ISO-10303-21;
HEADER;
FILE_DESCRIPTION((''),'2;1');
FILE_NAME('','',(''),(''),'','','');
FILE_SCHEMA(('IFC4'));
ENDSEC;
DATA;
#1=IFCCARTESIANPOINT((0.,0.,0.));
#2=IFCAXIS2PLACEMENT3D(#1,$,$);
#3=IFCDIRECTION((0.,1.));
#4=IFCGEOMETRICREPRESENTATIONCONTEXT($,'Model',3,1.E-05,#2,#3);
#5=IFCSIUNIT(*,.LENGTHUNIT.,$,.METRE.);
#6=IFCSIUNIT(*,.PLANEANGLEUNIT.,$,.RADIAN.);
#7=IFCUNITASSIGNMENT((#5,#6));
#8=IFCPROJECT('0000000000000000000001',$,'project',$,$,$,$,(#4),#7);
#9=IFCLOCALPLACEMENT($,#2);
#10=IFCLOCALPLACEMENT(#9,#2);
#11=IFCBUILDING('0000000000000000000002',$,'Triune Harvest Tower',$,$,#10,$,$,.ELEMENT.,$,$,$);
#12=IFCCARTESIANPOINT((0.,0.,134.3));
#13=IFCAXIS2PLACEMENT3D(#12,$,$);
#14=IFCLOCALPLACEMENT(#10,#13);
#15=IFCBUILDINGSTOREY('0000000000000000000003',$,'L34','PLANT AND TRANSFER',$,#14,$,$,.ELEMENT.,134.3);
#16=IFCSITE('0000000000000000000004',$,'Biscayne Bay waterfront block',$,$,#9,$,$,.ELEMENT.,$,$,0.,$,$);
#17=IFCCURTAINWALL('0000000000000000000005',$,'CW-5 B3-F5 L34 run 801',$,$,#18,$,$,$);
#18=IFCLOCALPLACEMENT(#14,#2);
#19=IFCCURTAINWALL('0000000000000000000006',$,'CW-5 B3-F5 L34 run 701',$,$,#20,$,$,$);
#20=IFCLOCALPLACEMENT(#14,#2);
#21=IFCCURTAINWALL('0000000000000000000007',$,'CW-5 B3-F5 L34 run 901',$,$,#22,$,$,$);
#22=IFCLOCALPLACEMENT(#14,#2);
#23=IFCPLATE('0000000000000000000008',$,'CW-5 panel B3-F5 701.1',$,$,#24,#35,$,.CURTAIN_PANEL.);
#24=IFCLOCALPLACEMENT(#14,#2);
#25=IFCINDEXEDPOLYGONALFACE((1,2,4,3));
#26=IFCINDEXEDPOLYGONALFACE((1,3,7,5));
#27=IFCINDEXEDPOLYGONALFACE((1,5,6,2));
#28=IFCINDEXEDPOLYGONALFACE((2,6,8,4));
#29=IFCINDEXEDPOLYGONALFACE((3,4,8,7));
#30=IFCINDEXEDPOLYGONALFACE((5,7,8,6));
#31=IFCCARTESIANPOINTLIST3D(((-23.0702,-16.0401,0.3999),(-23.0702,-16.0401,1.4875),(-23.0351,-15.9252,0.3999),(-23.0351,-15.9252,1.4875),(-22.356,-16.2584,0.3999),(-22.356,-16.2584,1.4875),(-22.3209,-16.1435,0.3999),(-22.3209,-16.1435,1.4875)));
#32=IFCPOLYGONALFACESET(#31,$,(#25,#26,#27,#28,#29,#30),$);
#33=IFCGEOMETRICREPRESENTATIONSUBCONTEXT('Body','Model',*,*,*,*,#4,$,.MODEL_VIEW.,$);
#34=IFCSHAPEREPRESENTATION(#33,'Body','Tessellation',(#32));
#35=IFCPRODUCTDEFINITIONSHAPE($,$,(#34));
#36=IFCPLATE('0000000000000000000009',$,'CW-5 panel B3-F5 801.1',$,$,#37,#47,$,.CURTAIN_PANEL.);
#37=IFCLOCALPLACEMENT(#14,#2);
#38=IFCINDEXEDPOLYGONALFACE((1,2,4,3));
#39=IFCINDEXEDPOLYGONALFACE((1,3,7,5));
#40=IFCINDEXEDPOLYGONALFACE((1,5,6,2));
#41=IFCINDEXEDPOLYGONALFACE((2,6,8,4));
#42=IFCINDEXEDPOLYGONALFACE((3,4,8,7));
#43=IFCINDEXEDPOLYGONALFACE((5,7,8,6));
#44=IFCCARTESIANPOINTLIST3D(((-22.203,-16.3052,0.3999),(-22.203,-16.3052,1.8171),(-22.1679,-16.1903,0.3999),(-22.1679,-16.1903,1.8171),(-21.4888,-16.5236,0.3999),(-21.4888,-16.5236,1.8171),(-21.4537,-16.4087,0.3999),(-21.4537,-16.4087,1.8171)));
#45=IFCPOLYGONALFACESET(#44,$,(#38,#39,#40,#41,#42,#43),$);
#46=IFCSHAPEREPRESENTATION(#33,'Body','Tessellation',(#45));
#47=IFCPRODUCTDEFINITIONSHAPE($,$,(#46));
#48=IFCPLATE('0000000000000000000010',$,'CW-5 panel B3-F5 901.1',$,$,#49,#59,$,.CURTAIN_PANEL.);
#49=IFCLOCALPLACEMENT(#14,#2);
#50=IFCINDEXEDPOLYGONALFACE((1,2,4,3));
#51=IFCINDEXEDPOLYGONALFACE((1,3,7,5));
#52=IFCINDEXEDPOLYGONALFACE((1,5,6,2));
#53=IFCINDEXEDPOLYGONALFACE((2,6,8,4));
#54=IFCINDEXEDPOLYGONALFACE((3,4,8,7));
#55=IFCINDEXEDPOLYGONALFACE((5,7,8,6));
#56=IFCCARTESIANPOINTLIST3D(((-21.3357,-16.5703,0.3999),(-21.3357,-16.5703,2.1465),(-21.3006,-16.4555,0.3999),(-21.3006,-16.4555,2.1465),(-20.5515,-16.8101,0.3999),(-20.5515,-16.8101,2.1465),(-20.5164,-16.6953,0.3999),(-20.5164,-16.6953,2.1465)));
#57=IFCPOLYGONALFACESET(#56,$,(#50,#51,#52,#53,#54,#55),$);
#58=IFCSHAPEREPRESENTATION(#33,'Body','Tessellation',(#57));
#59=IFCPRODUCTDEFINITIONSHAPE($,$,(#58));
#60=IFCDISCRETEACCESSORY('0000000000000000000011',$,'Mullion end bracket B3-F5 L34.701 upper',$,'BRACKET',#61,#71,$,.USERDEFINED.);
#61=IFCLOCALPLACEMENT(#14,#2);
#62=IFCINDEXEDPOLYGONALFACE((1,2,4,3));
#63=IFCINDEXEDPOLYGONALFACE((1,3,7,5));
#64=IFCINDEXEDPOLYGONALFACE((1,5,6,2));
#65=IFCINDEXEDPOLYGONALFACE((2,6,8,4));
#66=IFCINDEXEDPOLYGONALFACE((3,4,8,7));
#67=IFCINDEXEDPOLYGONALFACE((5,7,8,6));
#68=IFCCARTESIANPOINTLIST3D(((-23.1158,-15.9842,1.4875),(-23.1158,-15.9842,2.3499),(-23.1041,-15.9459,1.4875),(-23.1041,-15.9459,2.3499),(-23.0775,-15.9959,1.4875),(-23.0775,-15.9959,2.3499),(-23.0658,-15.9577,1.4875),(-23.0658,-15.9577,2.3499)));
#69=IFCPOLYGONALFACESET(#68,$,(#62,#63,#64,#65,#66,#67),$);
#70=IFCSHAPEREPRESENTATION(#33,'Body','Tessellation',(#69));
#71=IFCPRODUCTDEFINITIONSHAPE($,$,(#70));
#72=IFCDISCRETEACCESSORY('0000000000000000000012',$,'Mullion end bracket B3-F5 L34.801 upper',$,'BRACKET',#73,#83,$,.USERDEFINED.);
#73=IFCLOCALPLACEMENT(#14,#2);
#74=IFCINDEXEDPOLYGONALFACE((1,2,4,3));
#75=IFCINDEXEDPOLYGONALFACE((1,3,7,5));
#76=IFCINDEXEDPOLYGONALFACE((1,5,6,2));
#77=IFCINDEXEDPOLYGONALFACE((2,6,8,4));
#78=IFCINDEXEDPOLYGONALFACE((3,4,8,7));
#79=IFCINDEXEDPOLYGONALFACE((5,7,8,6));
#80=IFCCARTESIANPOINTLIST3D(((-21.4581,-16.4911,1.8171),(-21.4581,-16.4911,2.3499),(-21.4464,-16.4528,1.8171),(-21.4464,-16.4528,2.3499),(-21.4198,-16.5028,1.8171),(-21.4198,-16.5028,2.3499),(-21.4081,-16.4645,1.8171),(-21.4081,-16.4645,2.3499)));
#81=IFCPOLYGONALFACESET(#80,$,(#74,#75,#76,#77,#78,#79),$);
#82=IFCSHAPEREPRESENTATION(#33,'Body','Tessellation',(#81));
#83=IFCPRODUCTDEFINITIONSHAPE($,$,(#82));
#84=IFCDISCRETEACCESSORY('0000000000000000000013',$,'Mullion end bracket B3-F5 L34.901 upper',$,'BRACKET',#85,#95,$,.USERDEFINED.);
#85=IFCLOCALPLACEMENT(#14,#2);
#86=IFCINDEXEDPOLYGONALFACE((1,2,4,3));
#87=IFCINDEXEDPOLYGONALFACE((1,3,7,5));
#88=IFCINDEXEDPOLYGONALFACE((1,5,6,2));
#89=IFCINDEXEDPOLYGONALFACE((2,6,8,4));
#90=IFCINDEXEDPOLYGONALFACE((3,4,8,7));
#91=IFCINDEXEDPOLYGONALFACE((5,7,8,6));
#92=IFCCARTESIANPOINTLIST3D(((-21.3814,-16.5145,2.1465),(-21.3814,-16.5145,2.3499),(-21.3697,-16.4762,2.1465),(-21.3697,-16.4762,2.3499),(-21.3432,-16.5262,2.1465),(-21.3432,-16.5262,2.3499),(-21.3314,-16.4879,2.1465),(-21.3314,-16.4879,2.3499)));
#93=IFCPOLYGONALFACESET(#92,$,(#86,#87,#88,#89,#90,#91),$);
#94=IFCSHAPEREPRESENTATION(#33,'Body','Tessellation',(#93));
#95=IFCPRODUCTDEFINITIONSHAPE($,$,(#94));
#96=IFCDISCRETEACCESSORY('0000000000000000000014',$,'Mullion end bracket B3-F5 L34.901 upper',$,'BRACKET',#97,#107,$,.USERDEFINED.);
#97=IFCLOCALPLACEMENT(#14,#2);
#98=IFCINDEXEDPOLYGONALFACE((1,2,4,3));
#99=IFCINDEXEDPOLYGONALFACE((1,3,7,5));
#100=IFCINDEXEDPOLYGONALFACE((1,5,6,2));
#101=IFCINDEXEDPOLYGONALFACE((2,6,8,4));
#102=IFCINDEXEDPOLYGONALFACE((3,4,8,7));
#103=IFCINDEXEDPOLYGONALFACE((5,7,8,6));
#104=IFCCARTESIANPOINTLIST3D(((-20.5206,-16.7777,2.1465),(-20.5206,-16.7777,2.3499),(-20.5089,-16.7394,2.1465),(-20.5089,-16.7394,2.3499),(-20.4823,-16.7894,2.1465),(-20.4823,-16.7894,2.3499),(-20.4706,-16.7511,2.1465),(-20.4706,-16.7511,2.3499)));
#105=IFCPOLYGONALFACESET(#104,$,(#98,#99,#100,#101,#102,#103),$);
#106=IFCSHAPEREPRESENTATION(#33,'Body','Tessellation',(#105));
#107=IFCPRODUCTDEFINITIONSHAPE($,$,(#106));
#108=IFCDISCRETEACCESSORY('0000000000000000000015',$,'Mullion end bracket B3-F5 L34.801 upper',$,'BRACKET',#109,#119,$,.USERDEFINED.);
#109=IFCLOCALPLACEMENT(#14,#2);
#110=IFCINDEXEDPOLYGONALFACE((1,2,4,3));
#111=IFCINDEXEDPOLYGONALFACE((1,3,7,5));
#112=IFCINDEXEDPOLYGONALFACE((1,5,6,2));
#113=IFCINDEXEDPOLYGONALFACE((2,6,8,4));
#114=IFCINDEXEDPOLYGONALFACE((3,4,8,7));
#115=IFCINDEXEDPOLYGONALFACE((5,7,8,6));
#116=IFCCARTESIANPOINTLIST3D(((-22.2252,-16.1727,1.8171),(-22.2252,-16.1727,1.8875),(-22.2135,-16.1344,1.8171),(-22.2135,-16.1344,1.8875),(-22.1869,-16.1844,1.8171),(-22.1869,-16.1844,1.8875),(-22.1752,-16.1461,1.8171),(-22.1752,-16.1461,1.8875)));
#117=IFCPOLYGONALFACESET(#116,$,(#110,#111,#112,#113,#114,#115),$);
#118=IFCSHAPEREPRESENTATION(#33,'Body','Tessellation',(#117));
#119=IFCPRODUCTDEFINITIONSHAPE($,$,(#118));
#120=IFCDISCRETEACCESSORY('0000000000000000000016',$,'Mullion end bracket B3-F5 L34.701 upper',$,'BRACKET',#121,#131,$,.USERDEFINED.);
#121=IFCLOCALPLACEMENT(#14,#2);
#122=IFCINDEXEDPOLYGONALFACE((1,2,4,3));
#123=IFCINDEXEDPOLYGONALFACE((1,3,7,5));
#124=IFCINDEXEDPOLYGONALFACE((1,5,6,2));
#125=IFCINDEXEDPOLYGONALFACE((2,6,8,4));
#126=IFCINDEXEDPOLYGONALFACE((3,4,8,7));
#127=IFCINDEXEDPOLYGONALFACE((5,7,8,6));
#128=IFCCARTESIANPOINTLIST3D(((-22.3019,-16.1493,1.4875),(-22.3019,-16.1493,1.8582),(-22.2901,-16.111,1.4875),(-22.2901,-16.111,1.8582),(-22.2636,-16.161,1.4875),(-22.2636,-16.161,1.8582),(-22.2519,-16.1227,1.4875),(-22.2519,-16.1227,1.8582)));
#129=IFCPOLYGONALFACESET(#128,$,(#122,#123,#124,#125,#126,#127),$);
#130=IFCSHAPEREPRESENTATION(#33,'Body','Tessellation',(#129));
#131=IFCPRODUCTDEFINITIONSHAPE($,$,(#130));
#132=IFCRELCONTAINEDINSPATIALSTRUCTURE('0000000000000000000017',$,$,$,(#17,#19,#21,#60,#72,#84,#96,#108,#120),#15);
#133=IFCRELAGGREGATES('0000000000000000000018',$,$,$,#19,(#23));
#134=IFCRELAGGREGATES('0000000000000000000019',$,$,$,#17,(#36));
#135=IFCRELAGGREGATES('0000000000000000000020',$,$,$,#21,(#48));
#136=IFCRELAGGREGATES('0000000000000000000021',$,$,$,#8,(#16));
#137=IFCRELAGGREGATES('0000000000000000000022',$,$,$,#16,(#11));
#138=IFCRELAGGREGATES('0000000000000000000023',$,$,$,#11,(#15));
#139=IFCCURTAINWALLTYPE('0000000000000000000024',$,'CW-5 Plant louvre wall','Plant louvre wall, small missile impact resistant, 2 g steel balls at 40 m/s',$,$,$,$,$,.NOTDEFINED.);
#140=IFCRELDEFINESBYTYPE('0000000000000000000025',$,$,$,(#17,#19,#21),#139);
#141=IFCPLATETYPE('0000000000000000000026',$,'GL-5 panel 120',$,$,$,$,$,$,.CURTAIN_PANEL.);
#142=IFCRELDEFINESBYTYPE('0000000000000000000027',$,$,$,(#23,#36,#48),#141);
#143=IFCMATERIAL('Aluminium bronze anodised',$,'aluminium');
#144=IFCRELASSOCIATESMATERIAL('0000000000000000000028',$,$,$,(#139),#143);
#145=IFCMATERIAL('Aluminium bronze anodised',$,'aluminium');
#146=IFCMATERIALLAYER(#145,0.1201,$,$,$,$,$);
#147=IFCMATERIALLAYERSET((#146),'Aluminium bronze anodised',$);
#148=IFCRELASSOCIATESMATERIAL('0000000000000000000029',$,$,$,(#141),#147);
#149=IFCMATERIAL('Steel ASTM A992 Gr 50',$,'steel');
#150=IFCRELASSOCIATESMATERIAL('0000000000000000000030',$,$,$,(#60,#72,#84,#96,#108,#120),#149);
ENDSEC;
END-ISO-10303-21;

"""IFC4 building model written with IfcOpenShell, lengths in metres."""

from ifc_helpers import new_model, si_unit, direction, frame, origin, origin_2d, place, context, subcontext, project, spatial, rectangle, extrude, source, transform, mapped, material, layer, layer_set, type_object, element, aggregate, save


model = new_model("IFC4")

# Units and contexts
model_context = context("Model", 3, precision=1e-05, world=origin(), true_north=direction((0.0, 1.0)))
body_context = subcontext(model_context, "Body", "Model", "MODEL_VIEW")
ifc_project = project(units=[si_unit("LENGTHUNIT", "METRE"), si_unit("PLANEANGLEUNIT", "RADIAN")], contexts=[model_context])

# Site, building, storey
site_placement = place(None, origin())
site = spatial("IfcSite", under=ifc_project, at=site_placement, Name="Biscayne Bay waterfront block", CompositionType="ELEMENT", RefElevation=0.0)
building_placement = place(site_placement, origin())
building = spatial("IfcBuilding", under=site, at=building_placement, Name="Triune Harvest Tower", CompositionType="ELEMENT")
storey_placement = place(building_placement, frame((0.0, 0.0, 134.3)))
storey = spatial("IfcBuildingStorey", under=building, at=storey_placement, Name="L34", Description="PLANT AND TRANSFER", CompositionType="ELEMENT", Elevation=134.3)

# Curtain wall
ifc_material_1 = material(Name="Aluminium bronze anodised", Category="aluminium")
curtain_wall_type = type_object("IfcCurtainWallType", Name="CW-5 Plant louvre wall", Description="Plant louvre wall, small missile impact resistant, 2 g steel balls at 40 m/s", PredefinedType="NOTDEFINED", material=ifc_material_1)
curtain_wall_1_placement = place(storey_placement, origin())
curtain_wall_1 = element("IfcCurtainWall", 1, at=curtain_wall_1_placement, inside=storey, type_object=curtain_wall_type, Name="CW-5 B3-F5 L34 run 801")

# Curtain wall
curtain_wall_2_placement = place(storey_placement, origin())
curtain_wall_2 = element("IfcCurtainWall", 2, at=curtain_wall_2_placement, inside=storey, type_object=curtain_wall_type, Name="CW-5 B3-F5 L34 run 701")

# Curtain wall
curtain_wall_3_placement = place(storey_placement, origin())
curtain_wall_3 = element("IfcCurtainWall", 3, at=curtain_wall_3_placement, inside=storey, type_object=curtain_wall_type, Name="CW-5 B3-F5 L34 run 901")

# Plates
ifc_material_2 = material(Name="Aluminium bronze anodised", Category="aluminium")
ifc_layer = layer(ifc_material_2, 0.1201)
ifc_layer_set = layer_set([ifc_layer], Name="Aluminium bronze anodised")
plate_type = type_object("IfcPlateType", Name="GL-5 panel 120", PredefinedType="CURTAIN_PANEL", material=ifc_layer_set)
plate_1_placement = place(storey_placement, frame((-22.6956, -16.0918, 0.3999), z_axis=(0.0, 0.0, 1.0), x_axis=(0.956314, -0.292342, 0.0)))
plate_1 = element("IfcPlate", 4, at=plate_1_placement, type_object=plate_type, Name="CW-5 panel B3-F5 701.1", PredefinedType="CURTAIN_PANEL", context=body_context, shape_type="SweptSolid", body=[
    extrude(rectangle(XDim=0.7468, YDim=0.1201, at=origin_2d()), origin(), (0.0, 0.0, 1.0), 1.0876),
])
aggregate(curtain_wall_2, [plate_1])
plate_2_placement = place(storey_placement, frame((-21.8284, -16.3569, 0.3999), z_axis=(0.0, 0.0, 1.0), x_axis=(0.956283, -0.292443, 0.0)))
plate_2 = element("IfcPlate", 5, at=plate_2_placement, type_object=plate_type, Name="CW-5 panel B3-F5 801.1", PredefinedType="CURTAIN_PANEL", context=body_context, shape_type="SweptSolid", body=[
    extrude(rectangle(XDim=0.7468, YDim=0.1201, at=origin_2d()), origin(), (0.0, 0.0, 1.0), 1.4172),
])
aggregate(curtain_wall_1, [plate_2])
shared_shape_1 = source(origin(), body_context, "Body", "SweptSolid", [
    extrude(rectangle(XDim=0.8201, YDim=0.1201, at=origin_2d()), origin(), (0.0, 0.0, 1.0), 1.7466),
])
plate_3_placement = place(storey_placement, frame((-20.926, -16.6328, 0.3999), z_axis=(0.0, 0.0, 1.0), x_axis=(0.956294, -0.292408, 0.0)))
plate_3 = element("IfcPlate", 6, at=plate_3_placement, type_object=plate_type, Name="CW-5 panel B3-F5 901.1", PredefinedType="CURTAIN_PANEL", context=body_context, shape_type="MappedRepresentation", body=[
    mapped(shared_shape_1, transform((0.0, 0.0, 0.0), scale=1.0)),
])
aggregate(curtain_wall_3, [plate_3])

# Discrete accessories
ifc_material_3 = material(Name="Steel ASTM A992 Gr 50", Category="steel")
shared_shape_2 = source(origin(), body_context, "Body", "SweptSolid", [
    extrude(rectangle(XDim=0.04, YDim=0.04, at=origin_2d()), origin(), (0.0, 0.0, 1.0), 0.8623),
])
discrete_accessory_1_placement = place(storey_placement, frame((-23.0908, -15.9709, 1.4875), z_axis=(0.0, 0.0, 1.0), x_axis=(0.956314, -0.292342, 0.0)))
element("IfcDiscreteAccessory", 7, at=discrete_accessory_1_placement, inside=storey, material=ifc_material_3, Name="Mullion end bracket B3-F5 L34.701 upper", ObjectType="BRACKET", PredefinedType="USERDEFINED", context=body_context, shape_type="MappedRepresentation", body=[
    mapped(shared_shape_2, transform((0.0, 0.0, 0.0), scale=1.0)),
])
shared_shape_3 = source(origin(), body_context, "Body", "SweptSolid", [
    extrude(rectangle(XDim=0.04, YDim=0.04, at=origin_2d()), origin(), (0.0, 0.0, 1.0), 0.5327),
])
discrete_accessory_2_placement = place(storey_placement, frame((-21.4331, -16.4778, 1.8171), z_axis=(0.0, 0.0, 1.0), x_axis=(0.956283, -0.292443, 0.0)))
element("IfcDiscreteAccessory", 8, at=discrete_accessory_2_placement, inside=storey, material=ifc_material_3, Name="Mullion end bracket B3-F5 L34.801 upper", ObjectType="BRACKET", PredefinedType="USERDEFINED", context=body_context, shape_type="MappedRepresentation", body=[
    mapped(shared_shape_3, transform((0.0, 0.0, 0.0), scale=1.0)),
])
shared_shape_4 = source(origin(), body_context, "Body", "SweptSolid", [
    extrude(rectangle(XDim=0.04, YDim=0.04, at=origin_2d()), origin(), (0.0, 0.0, 1.0), 0.2034),
])
for number, where, z_axis, x_axis, name in (
    (9, (-21.3564, -16.5012, 2.1465), (0.0, 0.0, 1.0), (0.956294, -0.292408, 0.0), "Mullion end bracket B3-F5 L34.901 upper"),
    (10, (-20.4956, -16.7644, 2.1465), (0.0, 0.0, 1.0), (0.956294, -0.292408, 0.0), "Mullion end bracket B3-F5 L34.901 upper"),
):
    element("IfcDiscreteAccessory", number, at=place(storey_placement, frame(where, z_axis=z_axis, x_axis=x_axis)), inside=storey, material=ifc_material_3, Name=name, ObjectType="BRACKET", PredefinedType="USERDEFINED", context=body_context, shape_type="MappedRepresentation", body=[
        mapped(shared_shape_4, transform((0.0, 0.0, 0.0), scale=1.0)),
    ])
shared_shape_5 = source(origin(), body_context, "Body", "SweptSolid", [
    extrude(rectangle(XDim=0.04, YDim=0.04, at=origin_2d()), origin(), (0.0, 0.0, 1.0), 0.0703),
])
discrete_accessory_3_placement = place(storey_placement, frame((-22.2002, -16.1594, 1.8171), z_axis=(0.0, 0.0, 1.0), x_axis=(0.956283, -0.292443, 0.0)))
element("IfcDiscreteAccessory", 11, at=discrete_accessory_3_placement, inside=storey, material=ifc_material_3, Name="Mullion end bracket B3-F5 L34.801 upper", ObjectType="BRACKET", PredefinedType="USERDEFINED", context=body_context, shape_type="MappedRepresentation", body=[
    mapped(shared_shape_5, transform((0.0, 0.0, 0.0), scale=1.0)),
])
discrete_accessory_4_placement = place(storey_placement, frame((-22.2769, -16.136, 1.4875), z_axis=(0.0, 0.0, 1.0), x_axis=(0.956314, -0.292342, 0.0)))
element("IfcDiscreteAccessory", 12, at=discrete_accessory_4_placement, inside=storey, material=ifc_material_3, Name="Mullion end bracket B3-F5 L34.701 upper", ObjectType="BRACKET", PredefinedType="USERDEFINED", context=body_context, shape_type="SweptSolid", body=[
    extrude(rectangle(XDim=0.04, YDim=0.04, at=origin_2d()), origin(), (0.0, 0.0, 1.0), 0.3706),
])

save(model, "model.ifc")
